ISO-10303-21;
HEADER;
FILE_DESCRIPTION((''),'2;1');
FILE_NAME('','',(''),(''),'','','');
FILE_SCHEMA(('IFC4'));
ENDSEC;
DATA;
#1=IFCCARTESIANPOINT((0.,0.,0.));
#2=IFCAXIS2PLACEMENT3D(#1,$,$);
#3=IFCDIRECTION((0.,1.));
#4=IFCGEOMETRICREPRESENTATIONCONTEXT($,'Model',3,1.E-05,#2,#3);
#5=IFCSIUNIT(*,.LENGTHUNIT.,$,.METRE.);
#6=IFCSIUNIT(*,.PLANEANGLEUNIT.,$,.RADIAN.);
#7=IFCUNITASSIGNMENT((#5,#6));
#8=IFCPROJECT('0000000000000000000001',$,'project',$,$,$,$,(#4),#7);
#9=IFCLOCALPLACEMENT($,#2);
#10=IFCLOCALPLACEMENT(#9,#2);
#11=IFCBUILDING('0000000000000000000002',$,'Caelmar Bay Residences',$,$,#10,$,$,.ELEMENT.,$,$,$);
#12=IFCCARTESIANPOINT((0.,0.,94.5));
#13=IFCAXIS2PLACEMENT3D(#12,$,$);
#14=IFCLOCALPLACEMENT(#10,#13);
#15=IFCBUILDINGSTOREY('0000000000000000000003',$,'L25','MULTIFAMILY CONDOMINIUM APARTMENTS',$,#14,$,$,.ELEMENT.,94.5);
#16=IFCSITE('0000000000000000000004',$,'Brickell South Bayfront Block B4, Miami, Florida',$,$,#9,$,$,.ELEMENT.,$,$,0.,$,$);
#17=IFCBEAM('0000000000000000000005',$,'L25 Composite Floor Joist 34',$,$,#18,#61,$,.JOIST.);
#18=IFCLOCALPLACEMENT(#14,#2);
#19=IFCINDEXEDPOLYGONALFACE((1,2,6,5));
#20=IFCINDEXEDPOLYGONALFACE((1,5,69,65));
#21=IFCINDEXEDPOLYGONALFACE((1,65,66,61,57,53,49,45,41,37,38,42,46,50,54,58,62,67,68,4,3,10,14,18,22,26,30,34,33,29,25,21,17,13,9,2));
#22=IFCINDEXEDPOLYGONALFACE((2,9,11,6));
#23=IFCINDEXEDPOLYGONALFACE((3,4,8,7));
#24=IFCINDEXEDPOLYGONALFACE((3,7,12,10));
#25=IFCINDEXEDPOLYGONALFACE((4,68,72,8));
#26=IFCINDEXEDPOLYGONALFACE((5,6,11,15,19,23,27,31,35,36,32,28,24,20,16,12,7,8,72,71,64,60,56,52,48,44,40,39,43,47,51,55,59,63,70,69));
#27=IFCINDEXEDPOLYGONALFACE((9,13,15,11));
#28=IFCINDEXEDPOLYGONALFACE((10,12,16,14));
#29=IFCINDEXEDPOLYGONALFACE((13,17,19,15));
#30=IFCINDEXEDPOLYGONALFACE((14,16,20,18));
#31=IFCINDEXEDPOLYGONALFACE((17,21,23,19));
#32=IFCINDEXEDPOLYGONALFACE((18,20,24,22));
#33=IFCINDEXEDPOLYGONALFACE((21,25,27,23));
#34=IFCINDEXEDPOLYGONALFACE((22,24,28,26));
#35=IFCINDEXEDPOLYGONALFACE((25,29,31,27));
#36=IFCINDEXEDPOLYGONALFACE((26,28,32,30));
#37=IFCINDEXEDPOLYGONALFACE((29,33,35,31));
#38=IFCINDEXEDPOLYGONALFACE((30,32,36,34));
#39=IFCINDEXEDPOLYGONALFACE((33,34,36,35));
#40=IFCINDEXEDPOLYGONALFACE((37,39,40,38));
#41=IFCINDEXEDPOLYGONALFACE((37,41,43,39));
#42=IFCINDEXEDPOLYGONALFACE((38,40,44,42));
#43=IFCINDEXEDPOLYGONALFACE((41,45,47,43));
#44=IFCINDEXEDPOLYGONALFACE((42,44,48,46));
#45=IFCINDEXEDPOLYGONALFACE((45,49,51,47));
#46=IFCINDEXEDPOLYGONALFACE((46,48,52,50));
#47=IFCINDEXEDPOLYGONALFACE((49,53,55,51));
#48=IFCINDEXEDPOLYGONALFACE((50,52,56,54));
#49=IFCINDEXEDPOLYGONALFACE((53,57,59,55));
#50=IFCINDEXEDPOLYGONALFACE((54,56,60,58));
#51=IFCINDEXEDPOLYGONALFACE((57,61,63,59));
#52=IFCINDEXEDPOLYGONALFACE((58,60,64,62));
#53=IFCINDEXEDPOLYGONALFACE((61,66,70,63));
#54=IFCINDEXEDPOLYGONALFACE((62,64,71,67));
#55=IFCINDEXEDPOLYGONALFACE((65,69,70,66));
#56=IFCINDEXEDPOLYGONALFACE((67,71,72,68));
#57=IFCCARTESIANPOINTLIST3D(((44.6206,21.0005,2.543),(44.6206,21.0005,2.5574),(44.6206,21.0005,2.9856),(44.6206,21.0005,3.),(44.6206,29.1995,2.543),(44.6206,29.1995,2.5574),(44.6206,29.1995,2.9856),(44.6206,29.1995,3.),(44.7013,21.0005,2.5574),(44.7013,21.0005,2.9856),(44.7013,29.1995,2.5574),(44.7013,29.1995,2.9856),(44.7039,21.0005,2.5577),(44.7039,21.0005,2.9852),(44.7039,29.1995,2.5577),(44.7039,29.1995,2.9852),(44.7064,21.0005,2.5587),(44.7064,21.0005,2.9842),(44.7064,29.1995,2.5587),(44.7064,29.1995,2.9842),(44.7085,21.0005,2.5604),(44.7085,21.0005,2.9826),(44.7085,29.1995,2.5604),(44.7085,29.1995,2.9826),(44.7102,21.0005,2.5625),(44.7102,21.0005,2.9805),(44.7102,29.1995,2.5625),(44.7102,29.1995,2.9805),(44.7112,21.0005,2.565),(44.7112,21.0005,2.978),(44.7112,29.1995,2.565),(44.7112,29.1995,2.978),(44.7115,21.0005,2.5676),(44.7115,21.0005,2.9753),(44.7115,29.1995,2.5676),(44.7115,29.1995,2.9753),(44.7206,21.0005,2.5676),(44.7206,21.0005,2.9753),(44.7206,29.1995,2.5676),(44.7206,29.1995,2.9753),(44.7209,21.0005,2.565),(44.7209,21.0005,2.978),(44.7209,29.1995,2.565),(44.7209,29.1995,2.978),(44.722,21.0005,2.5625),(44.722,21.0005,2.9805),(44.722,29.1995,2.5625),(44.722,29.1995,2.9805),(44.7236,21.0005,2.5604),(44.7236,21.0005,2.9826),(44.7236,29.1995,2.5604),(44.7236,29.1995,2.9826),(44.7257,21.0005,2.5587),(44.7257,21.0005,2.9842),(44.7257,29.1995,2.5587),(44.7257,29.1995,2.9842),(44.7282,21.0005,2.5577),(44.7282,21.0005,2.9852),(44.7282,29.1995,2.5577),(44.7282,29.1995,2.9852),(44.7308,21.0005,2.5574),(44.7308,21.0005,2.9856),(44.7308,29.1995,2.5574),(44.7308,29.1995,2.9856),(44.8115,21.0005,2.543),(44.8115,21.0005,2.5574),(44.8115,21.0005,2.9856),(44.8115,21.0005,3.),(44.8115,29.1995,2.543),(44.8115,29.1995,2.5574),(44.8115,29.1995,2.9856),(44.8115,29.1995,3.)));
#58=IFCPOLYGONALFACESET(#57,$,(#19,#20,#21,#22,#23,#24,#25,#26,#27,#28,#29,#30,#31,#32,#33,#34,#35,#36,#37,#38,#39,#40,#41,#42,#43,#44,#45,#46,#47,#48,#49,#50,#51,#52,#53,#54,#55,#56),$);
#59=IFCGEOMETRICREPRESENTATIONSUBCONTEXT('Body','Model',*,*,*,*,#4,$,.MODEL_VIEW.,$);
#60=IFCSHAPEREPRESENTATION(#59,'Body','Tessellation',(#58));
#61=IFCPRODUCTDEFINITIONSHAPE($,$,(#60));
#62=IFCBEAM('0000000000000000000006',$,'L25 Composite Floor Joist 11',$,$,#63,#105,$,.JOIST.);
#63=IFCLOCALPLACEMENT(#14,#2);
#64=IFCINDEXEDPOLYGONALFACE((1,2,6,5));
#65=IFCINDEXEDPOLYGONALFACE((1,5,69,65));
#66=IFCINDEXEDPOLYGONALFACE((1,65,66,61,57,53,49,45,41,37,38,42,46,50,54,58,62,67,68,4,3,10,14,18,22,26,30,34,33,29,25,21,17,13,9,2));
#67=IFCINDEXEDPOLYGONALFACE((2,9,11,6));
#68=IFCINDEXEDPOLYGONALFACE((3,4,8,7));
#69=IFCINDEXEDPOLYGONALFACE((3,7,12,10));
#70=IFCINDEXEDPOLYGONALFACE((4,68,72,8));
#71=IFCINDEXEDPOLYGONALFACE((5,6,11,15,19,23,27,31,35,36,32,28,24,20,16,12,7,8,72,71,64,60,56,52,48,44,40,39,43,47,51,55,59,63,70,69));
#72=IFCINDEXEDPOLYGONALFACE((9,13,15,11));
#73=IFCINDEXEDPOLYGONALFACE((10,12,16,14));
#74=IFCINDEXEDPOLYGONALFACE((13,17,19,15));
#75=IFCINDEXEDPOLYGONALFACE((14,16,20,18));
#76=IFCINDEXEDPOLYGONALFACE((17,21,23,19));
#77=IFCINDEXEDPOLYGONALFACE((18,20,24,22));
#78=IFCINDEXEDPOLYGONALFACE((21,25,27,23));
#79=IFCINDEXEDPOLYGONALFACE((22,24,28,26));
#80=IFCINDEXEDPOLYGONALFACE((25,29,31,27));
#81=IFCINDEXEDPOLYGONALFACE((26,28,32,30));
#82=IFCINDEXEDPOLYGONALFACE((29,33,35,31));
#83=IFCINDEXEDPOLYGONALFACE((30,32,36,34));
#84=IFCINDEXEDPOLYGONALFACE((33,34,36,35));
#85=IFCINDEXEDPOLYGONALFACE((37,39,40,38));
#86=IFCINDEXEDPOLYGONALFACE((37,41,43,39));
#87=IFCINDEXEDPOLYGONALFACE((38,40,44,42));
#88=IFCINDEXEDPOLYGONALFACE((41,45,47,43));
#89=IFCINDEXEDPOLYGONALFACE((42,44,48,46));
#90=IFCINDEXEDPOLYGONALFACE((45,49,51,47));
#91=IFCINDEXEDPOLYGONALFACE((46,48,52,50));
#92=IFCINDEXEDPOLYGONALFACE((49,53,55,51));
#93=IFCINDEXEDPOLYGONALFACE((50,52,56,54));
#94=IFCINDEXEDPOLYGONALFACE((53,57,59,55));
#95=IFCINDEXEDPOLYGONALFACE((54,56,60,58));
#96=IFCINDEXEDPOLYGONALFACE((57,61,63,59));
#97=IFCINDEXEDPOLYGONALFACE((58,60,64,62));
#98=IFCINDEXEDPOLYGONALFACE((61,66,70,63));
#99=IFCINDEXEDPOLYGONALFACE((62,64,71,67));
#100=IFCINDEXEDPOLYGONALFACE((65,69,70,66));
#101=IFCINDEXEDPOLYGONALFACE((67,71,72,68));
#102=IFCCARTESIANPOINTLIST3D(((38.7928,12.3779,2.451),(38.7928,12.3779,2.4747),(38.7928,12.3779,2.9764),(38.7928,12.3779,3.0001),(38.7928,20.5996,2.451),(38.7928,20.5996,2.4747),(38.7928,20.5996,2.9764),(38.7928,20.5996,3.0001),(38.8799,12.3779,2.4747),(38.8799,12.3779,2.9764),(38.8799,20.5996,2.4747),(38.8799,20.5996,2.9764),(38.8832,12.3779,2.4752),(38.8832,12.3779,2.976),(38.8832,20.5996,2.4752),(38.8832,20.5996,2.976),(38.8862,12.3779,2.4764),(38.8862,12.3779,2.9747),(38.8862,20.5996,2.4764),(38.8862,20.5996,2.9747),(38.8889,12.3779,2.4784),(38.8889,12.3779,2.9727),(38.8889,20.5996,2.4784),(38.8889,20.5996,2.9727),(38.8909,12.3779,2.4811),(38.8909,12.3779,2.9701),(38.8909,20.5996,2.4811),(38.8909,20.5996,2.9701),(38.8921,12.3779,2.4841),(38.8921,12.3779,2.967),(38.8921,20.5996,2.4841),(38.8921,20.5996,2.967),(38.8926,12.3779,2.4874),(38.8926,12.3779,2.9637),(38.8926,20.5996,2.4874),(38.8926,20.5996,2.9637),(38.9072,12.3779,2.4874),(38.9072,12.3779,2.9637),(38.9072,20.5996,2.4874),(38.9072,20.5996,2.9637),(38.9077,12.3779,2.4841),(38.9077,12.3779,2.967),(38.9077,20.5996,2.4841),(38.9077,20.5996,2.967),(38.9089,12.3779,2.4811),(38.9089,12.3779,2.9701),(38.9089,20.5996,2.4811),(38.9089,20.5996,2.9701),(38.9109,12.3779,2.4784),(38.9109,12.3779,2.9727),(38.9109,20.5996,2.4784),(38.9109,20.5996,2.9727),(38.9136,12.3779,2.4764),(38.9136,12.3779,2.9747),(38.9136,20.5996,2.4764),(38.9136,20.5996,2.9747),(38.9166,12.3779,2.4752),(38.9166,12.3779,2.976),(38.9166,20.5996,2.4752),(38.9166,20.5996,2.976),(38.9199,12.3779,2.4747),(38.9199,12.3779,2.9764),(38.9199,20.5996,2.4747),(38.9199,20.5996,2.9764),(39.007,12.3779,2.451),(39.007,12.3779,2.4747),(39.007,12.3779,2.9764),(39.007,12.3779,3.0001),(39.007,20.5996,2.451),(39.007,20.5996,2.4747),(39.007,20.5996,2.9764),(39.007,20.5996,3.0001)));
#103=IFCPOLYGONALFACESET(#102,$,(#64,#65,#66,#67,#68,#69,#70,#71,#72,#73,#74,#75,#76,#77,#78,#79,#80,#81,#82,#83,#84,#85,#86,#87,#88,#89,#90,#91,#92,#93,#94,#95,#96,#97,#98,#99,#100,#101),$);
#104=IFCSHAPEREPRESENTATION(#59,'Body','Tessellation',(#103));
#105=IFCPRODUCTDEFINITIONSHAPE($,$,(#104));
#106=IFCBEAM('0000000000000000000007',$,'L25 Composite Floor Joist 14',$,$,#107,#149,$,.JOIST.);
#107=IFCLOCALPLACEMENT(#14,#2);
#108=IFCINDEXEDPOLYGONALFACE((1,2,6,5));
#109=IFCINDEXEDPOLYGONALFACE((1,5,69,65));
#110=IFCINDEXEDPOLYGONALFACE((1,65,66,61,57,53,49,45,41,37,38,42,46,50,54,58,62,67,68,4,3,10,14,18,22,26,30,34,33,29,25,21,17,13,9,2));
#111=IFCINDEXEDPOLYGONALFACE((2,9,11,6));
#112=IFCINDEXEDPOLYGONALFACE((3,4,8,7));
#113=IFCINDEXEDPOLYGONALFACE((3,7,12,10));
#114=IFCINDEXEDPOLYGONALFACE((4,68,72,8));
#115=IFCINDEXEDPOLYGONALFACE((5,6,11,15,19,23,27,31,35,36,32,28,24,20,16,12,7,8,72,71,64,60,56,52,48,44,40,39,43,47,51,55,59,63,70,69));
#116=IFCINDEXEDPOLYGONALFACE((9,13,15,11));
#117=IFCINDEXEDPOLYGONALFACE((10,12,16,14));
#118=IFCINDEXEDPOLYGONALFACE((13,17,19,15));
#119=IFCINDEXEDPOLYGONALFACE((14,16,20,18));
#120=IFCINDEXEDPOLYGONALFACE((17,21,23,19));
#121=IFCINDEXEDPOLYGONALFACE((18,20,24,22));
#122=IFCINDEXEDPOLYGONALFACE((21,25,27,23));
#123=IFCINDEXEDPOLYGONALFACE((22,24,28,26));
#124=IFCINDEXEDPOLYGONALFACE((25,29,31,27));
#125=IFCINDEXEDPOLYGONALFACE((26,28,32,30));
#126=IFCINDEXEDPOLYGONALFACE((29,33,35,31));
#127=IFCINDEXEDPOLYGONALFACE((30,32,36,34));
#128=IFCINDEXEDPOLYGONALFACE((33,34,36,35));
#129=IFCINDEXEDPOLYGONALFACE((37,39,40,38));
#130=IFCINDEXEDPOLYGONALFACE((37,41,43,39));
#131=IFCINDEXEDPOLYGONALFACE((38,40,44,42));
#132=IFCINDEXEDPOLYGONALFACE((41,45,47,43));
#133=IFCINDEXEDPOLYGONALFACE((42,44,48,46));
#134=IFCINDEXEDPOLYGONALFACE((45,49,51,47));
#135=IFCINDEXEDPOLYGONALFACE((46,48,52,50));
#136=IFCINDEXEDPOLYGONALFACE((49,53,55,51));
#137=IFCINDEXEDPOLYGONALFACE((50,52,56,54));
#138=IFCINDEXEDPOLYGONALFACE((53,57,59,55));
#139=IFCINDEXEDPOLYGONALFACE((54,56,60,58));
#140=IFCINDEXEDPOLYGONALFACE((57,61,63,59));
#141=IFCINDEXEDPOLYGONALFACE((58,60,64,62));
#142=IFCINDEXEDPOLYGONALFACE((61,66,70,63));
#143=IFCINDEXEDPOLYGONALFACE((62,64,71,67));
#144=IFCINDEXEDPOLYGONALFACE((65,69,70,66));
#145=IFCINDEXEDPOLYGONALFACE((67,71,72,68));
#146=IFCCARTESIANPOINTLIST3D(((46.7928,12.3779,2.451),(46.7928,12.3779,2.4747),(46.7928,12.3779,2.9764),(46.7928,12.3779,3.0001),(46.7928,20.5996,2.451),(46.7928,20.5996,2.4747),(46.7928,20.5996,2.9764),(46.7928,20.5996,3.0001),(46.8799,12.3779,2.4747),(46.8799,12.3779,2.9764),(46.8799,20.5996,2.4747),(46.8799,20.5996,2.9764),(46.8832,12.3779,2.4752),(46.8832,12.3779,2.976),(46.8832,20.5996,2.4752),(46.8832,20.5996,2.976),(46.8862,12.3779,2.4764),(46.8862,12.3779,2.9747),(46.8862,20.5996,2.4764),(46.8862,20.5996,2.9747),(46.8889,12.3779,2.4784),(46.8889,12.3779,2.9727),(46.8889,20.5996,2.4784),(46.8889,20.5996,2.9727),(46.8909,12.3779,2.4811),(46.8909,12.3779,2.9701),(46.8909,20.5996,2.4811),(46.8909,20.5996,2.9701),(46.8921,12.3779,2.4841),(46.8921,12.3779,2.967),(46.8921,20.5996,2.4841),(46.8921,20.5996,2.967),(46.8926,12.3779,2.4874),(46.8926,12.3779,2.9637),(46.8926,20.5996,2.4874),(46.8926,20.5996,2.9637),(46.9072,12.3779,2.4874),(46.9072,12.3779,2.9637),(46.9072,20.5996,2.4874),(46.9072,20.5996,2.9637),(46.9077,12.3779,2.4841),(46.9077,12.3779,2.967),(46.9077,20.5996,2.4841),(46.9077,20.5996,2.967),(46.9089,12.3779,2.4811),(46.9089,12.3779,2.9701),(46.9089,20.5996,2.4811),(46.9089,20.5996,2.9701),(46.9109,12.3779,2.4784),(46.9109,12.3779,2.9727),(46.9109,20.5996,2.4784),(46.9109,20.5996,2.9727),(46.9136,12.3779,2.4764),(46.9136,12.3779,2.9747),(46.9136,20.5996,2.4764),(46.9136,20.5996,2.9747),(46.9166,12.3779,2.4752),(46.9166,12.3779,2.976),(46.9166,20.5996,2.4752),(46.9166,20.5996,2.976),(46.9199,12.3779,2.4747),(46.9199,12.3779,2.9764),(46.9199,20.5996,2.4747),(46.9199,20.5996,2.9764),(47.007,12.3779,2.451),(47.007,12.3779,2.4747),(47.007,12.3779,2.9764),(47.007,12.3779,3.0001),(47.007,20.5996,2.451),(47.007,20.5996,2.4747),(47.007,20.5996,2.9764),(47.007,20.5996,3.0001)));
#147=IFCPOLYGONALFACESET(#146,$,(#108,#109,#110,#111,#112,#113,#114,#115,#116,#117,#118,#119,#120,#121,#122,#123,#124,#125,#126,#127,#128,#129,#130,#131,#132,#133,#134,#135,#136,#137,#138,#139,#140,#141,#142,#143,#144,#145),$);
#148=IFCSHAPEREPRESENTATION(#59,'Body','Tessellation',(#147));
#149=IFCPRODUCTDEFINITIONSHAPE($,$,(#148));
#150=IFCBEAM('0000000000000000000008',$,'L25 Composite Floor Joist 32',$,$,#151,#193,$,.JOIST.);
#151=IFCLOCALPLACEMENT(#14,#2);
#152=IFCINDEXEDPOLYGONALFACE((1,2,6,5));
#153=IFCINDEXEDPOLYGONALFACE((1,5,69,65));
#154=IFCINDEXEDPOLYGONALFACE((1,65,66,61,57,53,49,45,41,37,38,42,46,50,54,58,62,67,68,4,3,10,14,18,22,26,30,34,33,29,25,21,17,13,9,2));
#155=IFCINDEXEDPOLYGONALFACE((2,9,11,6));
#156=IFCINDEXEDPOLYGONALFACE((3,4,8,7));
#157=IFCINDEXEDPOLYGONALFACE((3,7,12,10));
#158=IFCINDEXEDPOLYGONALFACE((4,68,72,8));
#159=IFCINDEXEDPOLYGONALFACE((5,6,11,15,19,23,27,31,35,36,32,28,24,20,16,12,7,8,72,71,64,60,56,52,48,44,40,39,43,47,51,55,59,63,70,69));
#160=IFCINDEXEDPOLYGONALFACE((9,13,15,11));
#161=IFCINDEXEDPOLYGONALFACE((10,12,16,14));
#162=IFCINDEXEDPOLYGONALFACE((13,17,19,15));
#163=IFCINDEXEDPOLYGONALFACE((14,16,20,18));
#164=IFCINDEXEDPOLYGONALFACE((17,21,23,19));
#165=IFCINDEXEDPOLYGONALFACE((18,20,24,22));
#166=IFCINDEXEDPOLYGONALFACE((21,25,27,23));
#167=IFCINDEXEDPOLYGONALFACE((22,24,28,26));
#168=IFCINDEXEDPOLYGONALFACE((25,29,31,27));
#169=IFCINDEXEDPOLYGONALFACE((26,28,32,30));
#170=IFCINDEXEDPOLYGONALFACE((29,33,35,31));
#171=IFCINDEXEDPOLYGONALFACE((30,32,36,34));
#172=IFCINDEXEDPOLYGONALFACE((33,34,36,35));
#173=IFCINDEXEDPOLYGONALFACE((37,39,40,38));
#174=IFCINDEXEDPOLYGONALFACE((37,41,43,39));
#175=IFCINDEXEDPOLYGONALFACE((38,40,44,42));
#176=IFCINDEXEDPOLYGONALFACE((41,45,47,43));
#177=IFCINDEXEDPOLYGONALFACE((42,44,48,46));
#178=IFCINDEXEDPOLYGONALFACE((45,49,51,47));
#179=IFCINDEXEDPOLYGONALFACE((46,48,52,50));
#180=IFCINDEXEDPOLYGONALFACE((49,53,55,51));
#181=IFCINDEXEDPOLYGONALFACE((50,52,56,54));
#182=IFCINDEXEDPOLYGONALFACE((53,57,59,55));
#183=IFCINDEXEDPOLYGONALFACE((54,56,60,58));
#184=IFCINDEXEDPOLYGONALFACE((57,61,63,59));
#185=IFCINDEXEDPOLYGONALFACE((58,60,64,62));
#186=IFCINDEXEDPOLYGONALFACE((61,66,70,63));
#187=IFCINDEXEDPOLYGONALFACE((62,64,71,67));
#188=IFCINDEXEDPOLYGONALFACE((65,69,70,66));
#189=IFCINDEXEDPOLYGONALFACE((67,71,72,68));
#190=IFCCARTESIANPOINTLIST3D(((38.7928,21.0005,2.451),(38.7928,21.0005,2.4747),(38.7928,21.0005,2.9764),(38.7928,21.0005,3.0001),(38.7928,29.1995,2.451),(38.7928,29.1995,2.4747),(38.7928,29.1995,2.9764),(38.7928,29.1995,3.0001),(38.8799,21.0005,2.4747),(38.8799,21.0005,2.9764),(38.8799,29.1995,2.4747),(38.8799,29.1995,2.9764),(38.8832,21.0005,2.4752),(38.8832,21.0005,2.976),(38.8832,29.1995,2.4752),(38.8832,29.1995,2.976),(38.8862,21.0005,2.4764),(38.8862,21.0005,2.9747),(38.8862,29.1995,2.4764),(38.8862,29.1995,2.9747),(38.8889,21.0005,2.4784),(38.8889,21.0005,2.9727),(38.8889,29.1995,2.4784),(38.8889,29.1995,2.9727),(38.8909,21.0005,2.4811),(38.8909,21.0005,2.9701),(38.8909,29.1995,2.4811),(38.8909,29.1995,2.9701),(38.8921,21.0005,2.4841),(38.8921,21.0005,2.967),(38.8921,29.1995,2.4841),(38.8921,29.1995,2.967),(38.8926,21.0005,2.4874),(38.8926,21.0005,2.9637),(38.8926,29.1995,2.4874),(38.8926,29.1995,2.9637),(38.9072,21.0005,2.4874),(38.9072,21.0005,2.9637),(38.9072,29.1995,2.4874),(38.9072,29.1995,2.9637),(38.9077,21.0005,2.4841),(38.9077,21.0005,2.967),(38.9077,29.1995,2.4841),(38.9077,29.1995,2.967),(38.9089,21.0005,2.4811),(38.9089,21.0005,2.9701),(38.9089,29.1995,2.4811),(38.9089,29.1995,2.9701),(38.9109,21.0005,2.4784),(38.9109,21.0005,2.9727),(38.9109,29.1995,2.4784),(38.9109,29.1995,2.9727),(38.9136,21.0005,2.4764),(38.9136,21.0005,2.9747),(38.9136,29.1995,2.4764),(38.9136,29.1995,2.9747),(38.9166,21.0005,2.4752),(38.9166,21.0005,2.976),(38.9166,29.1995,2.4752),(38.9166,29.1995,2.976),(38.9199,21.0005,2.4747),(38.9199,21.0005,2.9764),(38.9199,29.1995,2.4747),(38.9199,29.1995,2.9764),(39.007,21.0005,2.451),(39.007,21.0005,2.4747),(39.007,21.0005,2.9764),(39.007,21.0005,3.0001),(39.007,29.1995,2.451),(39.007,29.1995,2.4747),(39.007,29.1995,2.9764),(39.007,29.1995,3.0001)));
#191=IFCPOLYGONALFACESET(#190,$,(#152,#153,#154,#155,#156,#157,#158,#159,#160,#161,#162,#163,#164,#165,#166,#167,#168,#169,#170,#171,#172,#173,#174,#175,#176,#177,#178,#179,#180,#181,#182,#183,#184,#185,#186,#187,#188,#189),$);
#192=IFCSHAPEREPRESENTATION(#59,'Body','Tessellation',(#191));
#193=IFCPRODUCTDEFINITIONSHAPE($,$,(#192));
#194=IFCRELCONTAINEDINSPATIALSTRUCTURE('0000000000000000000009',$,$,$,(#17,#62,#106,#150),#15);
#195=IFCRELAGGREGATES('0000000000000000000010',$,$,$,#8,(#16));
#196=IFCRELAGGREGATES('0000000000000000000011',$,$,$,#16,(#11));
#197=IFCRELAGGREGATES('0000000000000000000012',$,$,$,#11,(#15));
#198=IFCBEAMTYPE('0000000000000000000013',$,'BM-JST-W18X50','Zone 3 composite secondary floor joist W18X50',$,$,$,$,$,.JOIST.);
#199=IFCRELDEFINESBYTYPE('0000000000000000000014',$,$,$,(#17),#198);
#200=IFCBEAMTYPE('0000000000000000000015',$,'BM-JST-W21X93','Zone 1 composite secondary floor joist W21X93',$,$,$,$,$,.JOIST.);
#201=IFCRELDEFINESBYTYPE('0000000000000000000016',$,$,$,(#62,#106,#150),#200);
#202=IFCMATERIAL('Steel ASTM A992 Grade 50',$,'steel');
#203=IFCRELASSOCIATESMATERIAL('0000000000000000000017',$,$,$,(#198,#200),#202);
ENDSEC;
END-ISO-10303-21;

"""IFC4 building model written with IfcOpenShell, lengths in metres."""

from ifc_helpers import new_model, si_unit, direction, frame, origin, origin_2d, place, context, subcontext, project, spatial, i_section, extrude, material, material_profile, profile_set, type_object, element, save


model = new_model("IFC4")

# Units and contexts
model_context = context("Model", 3, precision=1e-05, world=origin(), true_north=direction((0.0, 1.0)))
body_context = subcontext(model_context, "Body", "Model", "MODEL_VIEW")
ifc_project = project(units=[si_unit("LENGTHUNIT", "METRE"), si_unit("PLANEANGLEUNIT", "RADIAN")], contexts=[model_context])

# Site, building, storey
site_placement = place(None, origin())
site = spatial("IfcSite", under=ifc_project, at=site_placement, Name="Brickell South Bayfront Block B4, Miami, Florida", CompositionType="ELEMENT", RefElevation=0.0)
building_placement = place(site_placement, origin())
building = spatial("IfcBuilding", under=site, at=building_placement, Name="Caelmar Bay Residences", CompositionType="ELEMENT")
storey_placement = place(building_placement, frame((0.0, 0.0, 94.5)))
storey = spatial("IfcBuildingStorey", under=building, at=storey_placement, Name="L25", Description="MULTIFAMILY CONDOMINIUM APARTMENTS", CompositionType="ELEMENT", Elevation=94.5)

# Beams
ifc_material_1 = material(Name="Steel ASTM A992 Grade 50", Category="steel")
ifc_material_profile_1 = material_profile(ifc_material_1, i_section(OverallWidth=0.1909, OverallDepth=0.457, WebThickness=0.009, FlangeThickness=0.0144, FilletRadius=0.0103, at=origin_2d()), Name="W18X50")
ifc_profile_set_1 = profile_set([ifc_material_profile_1], Name="Steel ASTM A992 Grade 50")
beam_type_1 = type_object("IfcBeamType", Name="BM-JST-W18X50", Description="Zone 3 composite secondary floor joist W18X50", PredefinedType="JOIST", material=ifc_profile_set_1)
for number, where, z_axis, x_axis, name in (
    (1, (44.7161, 21.0005, 2.7715), (0.0, 1.0, 0.0), (-1.0, 0.0, 0.0), "L25 Composite Floor Joist 34"),
):
    element("IfcBeam", number, at=place(storey_placement, frame(where, z_axis=z_axis, x_axis=x_axis)), inside=storey, type_object=beam_type_1, Name=name, PredefinedType="JOIST", context=body_context, shape_type="SweptSolid", body=[
        extrude(i_section(OverallWidth=0.1909, OverallDepth=0.457, WebThickness=0.009, FlangeThickness=0.0144, FilletRadius=0.0103, at=origin_2d()), origin(), (0.0, 0.0, 1.0), 8.199),
    ])
ifc_material_profile_2 = material_profile(ifc_material_1, i_section(OverallWidth=0.2141, OverallDepth=0.5491, WebThickness=0.0146, FlangeThickness=0.0237, FilletRadius=0.0127, at=origin_2d()), Name="W21X93")
ifc_profile_set_2 = profile_set([ifc_material_profile_2], Name="Steel ASTM A992 Grade 50")
beam_type_2 = type_object("IfcBeamType", Name="BM-JST-W21X93", Description="Zone 1 composite secondary floor joist W21X93", PredefinedType="JOIST", material=ifc_profile_set_2)
for number, where, z_axis, x_axis, name in (
    (2, (38.8999, 12.3779, 2.7256), (0.0, 1.0, 0.0), (-1.0, 0.0, 0.0), "L25 Composite Floor Joist 11"),
    (3, (46.8999, 12.3779, 2.7256), (0.0, 1.0, 0.0), (-1.0, 0.0, 0.0), "L25 Composite Floor Joist 14"),
):
    element("IfcBeam", number, at=place(storey_placement, frame(where, z_axis=z_axis, x_axis=x_axis)), inside=storey, type_object=beam_type_2, Name=name, PredefinedType="JOIST", context=body_context, shape_type="SweptSolid", body=[
        extrude(i_section(OverallWidth=0.2141, OverallDepth=0.5491, WebThickness=0.0146, FlangeThickness=0.0237, FilletRadius=0.0127, at=origin_2d()), origin(), (0.0, 0.0, 1.0), 8.2217),
    ])
for number, where, z_axis, x_axis, name in (
    (4, (38.8999, 21.0005, 2.7256), (0.0, 1.0, 0.0), (-1.0, 0.0, 0.0), "L25 Composite Floor Joist 32"),
):
    element("IfcBeam", number, at=place(storey_placement, frame(where, z_axis=z_axis, x_axis=x_axis)), inside=storey, type_object=beam_type_2, Name=name, PredefinedType="JOIST", context=body_context, shape_type="SweptSolid", body=[
        extrude(i_section(OverallWidth=0.2141, OverallDepth=0.5491, WebThickness=0.0146, FlangeThickness=0.0237, FilletRadius=0.0127, at=origin_2d()), origin(), (0.0, 0.0, 1.0), 8.199),
    ])

save(model, "model.ifc")
